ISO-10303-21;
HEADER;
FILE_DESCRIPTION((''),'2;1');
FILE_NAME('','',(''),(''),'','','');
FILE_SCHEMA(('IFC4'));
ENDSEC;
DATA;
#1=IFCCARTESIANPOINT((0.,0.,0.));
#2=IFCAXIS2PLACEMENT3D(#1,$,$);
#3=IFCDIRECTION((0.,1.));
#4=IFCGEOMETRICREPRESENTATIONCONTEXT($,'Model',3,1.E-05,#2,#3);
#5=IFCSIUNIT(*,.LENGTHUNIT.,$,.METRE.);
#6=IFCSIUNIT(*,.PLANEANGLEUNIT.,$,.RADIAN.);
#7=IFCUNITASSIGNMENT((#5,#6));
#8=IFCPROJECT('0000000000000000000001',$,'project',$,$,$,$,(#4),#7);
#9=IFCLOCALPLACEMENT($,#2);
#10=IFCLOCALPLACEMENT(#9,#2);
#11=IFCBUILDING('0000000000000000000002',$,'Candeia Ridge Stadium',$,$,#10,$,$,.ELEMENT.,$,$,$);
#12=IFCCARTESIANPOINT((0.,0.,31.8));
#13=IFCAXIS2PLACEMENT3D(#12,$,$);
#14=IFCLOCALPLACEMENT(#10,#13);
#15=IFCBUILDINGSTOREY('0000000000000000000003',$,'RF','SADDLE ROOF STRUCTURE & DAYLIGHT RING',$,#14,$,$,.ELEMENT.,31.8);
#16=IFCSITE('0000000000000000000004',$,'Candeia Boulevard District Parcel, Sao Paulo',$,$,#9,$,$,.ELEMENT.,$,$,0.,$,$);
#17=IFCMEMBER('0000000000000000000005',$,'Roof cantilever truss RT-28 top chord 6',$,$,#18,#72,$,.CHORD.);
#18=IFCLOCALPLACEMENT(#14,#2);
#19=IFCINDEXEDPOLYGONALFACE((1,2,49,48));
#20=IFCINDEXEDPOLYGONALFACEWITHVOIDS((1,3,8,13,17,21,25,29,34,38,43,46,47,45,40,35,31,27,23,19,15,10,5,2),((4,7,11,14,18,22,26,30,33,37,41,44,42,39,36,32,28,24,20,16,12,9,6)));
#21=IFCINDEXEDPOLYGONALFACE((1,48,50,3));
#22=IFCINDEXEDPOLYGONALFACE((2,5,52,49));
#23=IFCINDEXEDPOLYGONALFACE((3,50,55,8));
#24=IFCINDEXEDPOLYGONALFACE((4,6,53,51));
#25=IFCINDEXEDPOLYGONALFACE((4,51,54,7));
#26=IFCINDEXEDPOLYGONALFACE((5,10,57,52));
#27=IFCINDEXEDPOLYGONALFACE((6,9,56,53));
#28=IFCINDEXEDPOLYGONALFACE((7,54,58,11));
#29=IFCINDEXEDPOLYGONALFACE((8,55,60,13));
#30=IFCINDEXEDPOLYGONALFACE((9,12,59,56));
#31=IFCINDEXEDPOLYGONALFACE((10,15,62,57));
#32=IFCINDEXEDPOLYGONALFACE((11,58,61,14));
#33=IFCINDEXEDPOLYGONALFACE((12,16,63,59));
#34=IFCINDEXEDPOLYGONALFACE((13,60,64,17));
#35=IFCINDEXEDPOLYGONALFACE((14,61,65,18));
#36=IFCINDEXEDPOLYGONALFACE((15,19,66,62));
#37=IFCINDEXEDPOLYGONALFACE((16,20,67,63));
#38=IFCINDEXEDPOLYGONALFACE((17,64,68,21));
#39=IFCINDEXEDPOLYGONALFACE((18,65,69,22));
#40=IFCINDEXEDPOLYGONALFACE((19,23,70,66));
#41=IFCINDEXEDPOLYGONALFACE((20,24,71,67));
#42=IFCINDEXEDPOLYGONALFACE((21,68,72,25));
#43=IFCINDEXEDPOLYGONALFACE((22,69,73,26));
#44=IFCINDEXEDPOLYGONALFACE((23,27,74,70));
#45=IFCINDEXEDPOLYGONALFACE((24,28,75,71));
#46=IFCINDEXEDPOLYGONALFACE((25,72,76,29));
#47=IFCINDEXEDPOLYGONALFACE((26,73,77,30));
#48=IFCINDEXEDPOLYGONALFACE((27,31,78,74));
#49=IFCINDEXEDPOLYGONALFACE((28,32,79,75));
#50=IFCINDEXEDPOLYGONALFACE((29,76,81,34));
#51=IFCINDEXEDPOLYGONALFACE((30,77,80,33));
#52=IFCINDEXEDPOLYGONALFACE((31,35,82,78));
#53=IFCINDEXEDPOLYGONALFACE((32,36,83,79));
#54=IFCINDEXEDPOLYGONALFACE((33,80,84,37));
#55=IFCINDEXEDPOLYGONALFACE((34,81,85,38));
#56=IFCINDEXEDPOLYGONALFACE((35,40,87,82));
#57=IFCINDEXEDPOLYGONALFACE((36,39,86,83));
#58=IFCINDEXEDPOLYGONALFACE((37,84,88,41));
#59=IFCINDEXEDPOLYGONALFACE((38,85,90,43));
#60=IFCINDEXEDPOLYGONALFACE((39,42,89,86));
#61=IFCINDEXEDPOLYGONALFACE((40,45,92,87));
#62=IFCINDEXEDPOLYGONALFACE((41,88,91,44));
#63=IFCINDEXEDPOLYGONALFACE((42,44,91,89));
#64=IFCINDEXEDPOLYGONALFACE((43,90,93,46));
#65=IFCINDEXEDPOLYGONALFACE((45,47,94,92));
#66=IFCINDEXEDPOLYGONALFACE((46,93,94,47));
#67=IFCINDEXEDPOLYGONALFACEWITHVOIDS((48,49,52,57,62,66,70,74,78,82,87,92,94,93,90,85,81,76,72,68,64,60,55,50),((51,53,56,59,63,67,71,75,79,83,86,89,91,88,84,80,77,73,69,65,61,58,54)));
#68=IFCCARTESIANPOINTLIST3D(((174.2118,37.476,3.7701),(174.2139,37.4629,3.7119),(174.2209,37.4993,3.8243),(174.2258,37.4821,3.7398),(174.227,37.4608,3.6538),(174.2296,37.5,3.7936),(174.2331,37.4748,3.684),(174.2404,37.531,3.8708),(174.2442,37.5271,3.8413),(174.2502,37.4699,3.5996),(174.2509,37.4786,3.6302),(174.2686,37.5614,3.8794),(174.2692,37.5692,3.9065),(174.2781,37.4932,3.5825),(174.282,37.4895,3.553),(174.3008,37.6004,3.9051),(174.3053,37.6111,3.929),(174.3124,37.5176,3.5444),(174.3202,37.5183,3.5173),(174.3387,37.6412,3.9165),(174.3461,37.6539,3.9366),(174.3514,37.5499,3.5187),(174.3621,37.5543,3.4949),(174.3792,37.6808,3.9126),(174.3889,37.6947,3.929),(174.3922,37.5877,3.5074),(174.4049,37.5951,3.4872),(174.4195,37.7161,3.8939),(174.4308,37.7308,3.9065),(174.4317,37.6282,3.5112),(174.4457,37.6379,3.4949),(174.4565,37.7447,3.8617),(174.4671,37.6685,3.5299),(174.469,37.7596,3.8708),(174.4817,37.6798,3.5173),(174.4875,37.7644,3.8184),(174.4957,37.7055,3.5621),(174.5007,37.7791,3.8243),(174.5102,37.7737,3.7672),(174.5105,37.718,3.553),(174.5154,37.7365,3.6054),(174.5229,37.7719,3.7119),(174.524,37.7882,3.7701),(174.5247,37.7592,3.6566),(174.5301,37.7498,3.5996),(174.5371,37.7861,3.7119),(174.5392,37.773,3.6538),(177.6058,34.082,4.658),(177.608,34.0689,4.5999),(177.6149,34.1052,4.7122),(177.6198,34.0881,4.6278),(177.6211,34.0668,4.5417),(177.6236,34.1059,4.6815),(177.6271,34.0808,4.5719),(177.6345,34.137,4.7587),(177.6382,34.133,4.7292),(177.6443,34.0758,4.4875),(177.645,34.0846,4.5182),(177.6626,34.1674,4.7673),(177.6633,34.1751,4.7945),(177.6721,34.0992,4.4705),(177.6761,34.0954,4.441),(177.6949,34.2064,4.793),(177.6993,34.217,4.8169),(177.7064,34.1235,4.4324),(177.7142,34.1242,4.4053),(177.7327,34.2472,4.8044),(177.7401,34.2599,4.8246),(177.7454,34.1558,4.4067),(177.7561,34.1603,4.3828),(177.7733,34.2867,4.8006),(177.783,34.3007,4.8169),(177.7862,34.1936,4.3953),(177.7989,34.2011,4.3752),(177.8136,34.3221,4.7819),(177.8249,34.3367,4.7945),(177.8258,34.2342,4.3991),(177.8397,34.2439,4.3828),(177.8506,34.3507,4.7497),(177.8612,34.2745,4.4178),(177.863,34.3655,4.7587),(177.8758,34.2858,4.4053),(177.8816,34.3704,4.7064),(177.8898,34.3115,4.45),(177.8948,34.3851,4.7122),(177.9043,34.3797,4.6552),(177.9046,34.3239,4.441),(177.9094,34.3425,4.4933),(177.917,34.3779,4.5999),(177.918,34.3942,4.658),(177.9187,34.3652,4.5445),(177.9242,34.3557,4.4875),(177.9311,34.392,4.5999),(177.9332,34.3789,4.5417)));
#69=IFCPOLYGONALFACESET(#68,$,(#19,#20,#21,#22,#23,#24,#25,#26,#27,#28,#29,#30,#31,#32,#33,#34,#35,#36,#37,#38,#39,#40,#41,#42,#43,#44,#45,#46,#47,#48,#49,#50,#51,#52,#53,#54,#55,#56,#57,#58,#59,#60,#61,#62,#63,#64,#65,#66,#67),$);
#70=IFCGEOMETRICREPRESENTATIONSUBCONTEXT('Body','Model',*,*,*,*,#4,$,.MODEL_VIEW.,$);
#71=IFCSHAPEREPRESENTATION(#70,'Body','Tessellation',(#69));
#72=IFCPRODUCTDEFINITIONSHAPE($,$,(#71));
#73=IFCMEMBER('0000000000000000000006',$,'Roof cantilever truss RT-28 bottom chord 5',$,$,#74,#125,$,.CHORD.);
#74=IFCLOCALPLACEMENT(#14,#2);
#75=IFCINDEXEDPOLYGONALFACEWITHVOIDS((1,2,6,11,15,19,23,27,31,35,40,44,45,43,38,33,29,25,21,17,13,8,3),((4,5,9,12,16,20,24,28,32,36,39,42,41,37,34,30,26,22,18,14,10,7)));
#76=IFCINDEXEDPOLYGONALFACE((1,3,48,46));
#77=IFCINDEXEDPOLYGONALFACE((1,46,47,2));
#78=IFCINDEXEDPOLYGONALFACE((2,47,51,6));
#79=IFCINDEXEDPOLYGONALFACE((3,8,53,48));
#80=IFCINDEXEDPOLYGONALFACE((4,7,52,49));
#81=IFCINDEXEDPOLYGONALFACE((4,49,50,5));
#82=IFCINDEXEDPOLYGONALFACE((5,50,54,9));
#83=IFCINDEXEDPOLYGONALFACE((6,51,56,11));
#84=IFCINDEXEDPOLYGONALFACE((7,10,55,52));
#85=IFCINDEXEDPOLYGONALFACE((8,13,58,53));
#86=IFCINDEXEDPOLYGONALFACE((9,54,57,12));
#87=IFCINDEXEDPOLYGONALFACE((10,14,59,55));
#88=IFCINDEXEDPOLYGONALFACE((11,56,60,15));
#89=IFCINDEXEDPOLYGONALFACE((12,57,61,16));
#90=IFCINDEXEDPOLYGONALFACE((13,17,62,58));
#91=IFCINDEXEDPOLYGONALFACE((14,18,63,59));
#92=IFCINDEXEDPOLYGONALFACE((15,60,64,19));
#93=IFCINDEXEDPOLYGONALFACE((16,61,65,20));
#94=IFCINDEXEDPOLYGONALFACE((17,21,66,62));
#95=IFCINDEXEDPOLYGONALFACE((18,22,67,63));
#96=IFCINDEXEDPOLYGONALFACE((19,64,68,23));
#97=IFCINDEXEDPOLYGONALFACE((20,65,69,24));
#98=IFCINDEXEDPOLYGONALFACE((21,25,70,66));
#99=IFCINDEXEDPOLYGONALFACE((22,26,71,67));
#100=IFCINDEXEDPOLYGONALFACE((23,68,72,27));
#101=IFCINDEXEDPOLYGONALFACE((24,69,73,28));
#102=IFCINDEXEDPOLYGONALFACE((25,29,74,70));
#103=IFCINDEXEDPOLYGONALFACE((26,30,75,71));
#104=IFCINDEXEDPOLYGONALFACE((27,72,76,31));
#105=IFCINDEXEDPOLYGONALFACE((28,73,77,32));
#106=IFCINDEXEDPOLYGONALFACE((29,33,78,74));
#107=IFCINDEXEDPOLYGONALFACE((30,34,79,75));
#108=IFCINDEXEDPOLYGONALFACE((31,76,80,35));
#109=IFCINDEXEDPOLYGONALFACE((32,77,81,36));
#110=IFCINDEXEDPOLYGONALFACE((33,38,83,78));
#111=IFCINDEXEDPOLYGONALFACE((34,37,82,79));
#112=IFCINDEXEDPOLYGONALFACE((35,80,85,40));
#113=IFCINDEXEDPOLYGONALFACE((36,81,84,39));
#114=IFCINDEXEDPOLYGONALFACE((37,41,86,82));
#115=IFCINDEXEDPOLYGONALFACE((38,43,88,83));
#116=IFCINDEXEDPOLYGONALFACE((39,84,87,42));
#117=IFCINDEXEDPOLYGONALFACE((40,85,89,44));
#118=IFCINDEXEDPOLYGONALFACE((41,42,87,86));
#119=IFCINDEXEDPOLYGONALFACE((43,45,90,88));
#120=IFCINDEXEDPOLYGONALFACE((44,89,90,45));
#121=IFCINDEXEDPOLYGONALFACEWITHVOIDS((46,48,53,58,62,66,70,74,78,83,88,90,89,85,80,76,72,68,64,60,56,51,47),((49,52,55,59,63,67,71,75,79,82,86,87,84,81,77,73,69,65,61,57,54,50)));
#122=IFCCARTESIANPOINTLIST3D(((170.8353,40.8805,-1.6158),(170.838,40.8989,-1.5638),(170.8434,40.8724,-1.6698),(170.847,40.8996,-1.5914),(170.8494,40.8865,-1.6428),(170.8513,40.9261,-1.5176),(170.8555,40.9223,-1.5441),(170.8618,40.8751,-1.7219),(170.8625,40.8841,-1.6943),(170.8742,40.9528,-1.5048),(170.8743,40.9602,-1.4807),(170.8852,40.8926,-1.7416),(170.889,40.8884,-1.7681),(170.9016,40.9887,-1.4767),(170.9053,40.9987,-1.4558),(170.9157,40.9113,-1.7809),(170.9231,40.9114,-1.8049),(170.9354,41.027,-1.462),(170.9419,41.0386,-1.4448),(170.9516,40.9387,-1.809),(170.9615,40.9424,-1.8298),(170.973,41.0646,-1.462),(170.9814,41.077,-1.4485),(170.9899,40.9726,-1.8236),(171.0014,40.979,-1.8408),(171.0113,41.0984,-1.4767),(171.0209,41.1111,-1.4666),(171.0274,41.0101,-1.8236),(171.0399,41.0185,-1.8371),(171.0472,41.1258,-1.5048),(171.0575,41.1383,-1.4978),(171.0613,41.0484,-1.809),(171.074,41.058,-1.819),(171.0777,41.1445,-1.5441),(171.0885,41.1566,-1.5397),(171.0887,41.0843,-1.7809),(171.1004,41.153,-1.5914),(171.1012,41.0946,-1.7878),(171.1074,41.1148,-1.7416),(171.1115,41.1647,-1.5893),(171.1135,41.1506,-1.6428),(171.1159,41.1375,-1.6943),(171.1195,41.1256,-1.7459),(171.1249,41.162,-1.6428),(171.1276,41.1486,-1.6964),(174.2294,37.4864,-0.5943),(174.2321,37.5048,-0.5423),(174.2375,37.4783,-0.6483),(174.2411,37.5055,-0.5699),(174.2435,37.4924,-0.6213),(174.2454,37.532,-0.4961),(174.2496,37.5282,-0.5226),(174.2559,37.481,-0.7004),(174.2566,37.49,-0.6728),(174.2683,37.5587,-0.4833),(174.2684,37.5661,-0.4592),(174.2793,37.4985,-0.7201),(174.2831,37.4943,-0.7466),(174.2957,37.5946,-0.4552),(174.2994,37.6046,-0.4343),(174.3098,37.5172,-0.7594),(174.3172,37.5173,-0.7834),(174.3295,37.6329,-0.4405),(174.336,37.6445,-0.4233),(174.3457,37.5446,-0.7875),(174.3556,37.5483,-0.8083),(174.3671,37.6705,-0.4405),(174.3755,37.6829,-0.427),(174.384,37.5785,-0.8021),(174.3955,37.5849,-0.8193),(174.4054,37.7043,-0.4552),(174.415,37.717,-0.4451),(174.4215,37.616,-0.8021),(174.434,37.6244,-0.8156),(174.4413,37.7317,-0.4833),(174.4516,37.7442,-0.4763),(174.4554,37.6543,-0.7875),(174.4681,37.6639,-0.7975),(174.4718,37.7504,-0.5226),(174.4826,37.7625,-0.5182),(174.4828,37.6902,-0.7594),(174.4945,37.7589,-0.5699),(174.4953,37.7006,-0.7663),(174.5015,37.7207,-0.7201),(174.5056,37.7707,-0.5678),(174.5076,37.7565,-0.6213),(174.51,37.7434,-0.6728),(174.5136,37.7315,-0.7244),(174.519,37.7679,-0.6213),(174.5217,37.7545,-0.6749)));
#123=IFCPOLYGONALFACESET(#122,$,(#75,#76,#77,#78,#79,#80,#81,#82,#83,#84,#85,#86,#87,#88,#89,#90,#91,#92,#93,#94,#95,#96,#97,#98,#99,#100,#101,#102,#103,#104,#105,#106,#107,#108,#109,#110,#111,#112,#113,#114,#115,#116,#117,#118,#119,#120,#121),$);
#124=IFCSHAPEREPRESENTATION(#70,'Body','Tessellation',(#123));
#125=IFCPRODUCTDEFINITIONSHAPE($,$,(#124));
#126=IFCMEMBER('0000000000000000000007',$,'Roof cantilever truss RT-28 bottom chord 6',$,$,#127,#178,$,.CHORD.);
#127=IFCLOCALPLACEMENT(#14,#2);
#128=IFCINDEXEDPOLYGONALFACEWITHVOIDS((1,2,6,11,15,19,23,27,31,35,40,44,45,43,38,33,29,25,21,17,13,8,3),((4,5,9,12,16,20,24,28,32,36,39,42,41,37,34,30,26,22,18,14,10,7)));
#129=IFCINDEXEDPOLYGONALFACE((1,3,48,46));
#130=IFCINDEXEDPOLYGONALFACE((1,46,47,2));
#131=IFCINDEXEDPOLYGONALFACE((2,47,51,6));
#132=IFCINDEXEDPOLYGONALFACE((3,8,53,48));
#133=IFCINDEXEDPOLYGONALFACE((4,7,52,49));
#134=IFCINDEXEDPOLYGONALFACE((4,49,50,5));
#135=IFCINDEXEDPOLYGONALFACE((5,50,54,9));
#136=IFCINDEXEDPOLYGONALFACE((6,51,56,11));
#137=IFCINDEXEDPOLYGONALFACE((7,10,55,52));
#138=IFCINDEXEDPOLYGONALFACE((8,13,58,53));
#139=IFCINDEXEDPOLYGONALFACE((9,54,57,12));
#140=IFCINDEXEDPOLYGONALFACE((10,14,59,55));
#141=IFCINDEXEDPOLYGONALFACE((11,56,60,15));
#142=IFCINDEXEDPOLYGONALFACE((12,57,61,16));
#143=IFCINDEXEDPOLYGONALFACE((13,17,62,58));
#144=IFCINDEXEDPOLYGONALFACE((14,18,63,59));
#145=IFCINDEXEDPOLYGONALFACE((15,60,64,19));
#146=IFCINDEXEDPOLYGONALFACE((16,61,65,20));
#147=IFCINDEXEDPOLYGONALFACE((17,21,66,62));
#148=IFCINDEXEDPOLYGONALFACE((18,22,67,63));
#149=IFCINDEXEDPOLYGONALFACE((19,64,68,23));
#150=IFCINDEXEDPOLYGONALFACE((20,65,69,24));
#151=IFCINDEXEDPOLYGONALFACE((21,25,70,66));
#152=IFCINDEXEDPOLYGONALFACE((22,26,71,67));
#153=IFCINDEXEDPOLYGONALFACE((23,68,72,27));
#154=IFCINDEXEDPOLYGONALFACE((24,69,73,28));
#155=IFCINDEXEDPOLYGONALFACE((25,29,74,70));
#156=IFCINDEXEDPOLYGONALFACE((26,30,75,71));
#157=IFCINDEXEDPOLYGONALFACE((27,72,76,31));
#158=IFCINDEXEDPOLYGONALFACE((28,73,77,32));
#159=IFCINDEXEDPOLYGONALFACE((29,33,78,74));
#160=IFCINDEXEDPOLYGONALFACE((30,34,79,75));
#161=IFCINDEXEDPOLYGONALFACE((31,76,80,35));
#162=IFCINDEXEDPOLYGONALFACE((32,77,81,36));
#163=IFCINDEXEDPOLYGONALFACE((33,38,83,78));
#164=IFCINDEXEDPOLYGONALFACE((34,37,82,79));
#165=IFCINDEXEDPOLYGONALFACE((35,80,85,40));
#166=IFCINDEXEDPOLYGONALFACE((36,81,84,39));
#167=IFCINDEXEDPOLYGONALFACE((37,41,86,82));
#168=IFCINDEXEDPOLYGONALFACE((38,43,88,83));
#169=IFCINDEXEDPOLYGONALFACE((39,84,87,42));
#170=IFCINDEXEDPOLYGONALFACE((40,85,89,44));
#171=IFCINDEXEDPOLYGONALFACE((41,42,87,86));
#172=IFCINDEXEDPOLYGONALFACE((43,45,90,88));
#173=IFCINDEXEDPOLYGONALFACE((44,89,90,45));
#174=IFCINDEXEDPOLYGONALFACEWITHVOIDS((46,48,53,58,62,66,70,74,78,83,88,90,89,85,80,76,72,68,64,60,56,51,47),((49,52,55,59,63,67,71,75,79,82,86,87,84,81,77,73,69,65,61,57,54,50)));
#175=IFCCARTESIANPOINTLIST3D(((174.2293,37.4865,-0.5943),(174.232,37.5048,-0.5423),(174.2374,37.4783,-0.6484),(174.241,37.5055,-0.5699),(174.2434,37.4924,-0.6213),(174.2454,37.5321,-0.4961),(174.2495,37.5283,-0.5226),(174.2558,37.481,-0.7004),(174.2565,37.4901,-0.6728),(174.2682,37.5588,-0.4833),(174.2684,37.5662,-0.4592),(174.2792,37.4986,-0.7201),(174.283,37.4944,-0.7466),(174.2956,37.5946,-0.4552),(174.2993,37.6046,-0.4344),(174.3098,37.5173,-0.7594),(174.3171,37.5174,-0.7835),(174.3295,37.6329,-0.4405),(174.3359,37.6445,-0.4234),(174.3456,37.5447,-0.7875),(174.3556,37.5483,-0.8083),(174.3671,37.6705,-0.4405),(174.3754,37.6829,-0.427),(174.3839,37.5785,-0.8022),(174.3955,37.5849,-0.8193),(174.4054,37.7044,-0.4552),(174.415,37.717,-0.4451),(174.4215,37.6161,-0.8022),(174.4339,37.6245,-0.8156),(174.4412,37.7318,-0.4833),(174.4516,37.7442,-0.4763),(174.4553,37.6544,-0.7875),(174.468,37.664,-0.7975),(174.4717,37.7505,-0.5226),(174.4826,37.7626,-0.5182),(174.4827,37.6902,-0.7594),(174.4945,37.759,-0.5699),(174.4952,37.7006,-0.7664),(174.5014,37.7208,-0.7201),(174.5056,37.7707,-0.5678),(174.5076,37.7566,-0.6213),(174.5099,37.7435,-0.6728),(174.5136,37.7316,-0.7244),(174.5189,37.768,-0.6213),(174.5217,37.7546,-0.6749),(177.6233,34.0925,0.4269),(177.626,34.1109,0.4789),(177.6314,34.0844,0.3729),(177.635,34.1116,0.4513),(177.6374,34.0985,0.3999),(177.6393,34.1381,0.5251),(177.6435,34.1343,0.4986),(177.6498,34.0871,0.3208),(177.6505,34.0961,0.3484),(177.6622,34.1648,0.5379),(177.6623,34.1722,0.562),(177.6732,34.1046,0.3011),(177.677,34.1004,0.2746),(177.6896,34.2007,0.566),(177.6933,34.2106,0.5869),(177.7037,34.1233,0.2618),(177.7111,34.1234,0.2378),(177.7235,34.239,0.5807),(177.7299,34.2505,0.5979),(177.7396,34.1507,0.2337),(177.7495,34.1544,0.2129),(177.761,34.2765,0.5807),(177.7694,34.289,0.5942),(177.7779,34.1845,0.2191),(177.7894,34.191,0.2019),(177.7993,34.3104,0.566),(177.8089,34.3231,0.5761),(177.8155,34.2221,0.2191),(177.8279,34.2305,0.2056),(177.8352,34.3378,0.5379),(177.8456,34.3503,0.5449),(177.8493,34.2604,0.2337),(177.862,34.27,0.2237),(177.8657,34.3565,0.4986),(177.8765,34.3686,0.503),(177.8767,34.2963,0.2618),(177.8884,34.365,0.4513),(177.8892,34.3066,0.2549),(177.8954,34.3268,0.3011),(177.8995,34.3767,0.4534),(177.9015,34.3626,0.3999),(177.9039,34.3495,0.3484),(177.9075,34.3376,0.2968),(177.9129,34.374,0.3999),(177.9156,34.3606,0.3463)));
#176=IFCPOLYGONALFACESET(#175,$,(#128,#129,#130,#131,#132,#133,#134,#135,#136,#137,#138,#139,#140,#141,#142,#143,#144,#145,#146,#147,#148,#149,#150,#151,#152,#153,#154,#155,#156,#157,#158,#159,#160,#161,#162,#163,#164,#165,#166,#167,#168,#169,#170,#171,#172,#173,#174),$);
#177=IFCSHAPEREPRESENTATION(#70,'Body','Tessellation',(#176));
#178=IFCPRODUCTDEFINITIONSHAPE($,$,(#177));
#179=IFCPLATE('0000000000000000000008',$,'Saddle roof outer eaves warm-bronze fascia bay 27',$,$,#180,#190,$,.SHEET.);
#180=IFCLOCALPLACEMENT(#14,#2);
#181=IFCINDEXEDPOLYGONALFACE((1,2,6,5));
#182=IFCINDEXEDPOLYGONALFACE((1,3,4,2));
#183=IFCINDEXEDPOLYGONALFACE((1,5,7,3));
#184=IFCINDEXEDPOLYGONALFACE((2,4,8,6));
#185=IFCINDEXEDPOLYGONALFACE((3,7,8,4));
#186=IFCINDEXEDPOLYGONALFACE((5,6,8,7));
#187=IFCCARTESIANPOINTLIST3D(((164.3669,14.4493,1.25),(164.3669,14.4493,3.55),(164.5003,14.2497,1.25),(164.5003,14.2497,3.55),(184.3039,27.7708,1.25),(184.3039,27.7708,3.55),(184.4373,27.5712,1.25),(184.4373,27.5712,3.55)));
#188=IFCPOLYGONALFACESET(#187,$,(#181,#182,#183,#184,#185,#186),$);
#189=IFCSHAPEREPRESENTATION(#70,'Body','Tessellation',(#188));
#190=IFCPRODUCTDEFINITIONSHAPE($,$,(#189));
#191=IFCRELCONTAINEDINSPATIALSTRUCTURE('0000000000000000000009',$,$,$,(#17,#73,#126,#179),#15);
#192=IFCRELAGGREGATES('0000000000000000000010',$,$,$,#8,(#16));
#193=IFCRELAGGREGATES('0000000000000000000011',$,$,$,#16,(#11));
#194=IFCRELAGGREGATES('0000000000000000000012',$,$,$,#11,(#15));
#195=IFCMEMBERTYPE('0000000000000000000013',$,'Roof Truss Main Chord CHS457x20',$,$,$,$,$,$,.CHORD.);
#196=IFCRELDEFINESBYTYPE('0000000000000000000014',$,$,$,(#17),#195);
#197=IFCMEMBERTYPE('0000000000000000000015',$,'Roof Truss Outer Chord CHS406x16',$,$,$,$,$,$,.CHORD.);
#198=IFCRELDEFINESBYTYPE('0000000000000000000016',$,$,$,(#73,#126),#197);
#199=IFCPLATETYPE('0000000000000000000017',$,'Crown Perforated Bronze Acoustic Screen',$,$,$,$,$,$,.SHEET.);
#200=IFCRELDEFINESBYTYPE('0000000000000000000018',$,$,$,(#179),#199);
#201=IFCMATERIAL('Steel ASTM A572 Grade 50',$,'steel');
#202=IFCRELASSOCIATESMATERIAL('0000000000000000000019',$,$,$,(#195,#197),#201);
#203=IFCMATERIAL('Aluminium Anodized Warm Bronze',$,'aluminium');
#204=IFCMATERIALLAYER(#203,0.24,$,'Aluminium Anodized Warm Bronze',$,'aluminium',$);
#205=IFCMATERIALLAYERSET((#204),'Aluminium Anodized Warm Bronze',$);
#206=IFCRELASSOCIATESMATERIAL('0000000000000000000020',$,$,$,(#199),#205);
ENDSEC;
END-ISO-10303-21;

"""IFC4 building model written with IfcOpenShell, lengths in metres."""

from ifc_helpers import new_model, si_unit, direction, frame, origin, origin_2d, place, context, subcontext, project, spatial, rectangle, hollow_circle, extrude, material, layer, layer_set, material_profile, profile_set, type_object, element, save


model = new_model("IFC4")

# Units and contexts
model_context = context("Model", 3, precision=1e-05, world=origin(), true_north=direction((0.0, 1.0)))
body_context = subcontext(model_context, "Body", "Model", "MODEL_VIEW")
ifc_project = project(units=[si_unit("LENGTHUNIT", "METRE"), si_unit("PLANEANGLEUNIT", "RADIAN")], contexts=[model_context])

# Site, building, storey
site_placement = place(None, origin())
site = spatial("IfcSite", under=ifc_project, at=site_placement, Name="Candeia Boulevard District Parcel, Sao Paulo", CompositionType="ELEMENT", RefElevation=0.0)
building_placement = place(site_placement, origin())
building = spatial("IfcBuilding", under=site, at=building_placement, Name="Candeia Ridge Stadium", CompositionType="ELEMENT")
storey_placement = place(building_placement, frame((0.0, 0.0, 31.8)))
storey = spatial("IfcBuildingStorey", under=building, at=storey_placement, Name="RF", Description="SADDLE ROOF STRUCTURE & DAYLIGHT RING", CompositionType="ELEMENT", Elevation=31.8)

# Shared definitions
ifc_material_1 = material(Name="Steel ASTM A572 Grade 50", Category="steel")

# Members
ifc_material_profile_1 = material_profile(ifc_material_1, hollow_circle(Radius=0.2285, WallThickness=0.02, at=origin_2d()), Name="CHS457x20", Category="steel")
ifc_profile_set_1 = profile_set([ifc_material_profile_1], Name="Steel ASTM A572 Grade 50")
member_type_1 = type_object("IfcMemberType", Name="Roof Truss Main Chord CHS457x20", PredefinedType="CHORD", material=ifc_profile_set_1)
for number, where, z_axis, x_axis, name in (
    (1, (174.3755, 37.6245, 3.7119), (0.69531, -0.69531, 0.181905), (0.707107, 0.707107, 0.0), "Roof cantilever truss RT-28 top chord 6"),
):
    element("IfcMember", number, at=place(storey_placement, frame(where, z_axis=z_axis, x_axis=x_axis)), inside=storey, type_object=member_type_1, Name=name, PredefinedType="CHORD", context=body_context, shape_type="SweptSolid", body=[
        extrude(hollow_circle(Radius=0.2285, WallThickness=0.02, at=origin_2d()), origin(), (0.0, 0.0, 1.0), 4.8813),
    ])
ifc_material_profile_2 = material_profile(ifc_material_1, hollow_circle(Radius=0.2029, WallThickness=0.0161, at=origin_2d()), Name="CHS406x16", Category="steel")
ifc_profile_set_2 = profile_set([ifc_material_profile_2], Name="Steel ASTM A572 Grade 50")
member_type_2 = type_object("IfcMemberType", Name="Roof Truss Outer Chord CHS406x16", PredefinedType="CHORD", material=ifc_profile_set_2)
member_1_placement = place(storey_placement, frame((170.9814, 41.0186, -1.6428), z_axis=(0.691619, -0.691619, 0.208152), x_axis=(0.707107, 0.707107, 0.0)))
element("IfcMember", 2, at=member_1_placement, inside=storey, type_object=member_type_2, Name="Roof cantilever truss RT-28 bottom chord 5", PredefinedType="CHORD", context=body_context, shape_type="SweptSolid", body=[
    extrude(hollow_circle(Radius=0.2029, WallThickness=0.0161, at=origin_2d()), origin(), (0.0, 0.0, 1.0), 4.9075),
])
member_2_placement = place(storey_placement, frame((174.3755, 37.6245, -0.6213), z_axis=(0.691626, -0.691626, 0.208105), x_axis=(0.707107, 0.707107, 0.0)))
element("IfcMember", 3, at=member_2_placement, inside=storey, type_object=member_type_2, Name="Roof cantilever truss RT-28 bottom chord 6", PredefinedType="CHORD", context=body_context, shape_type="SweptSolid", body=[
    extrude(hollow_circle(Radius=0.2029, WallThickness=0.0161, at=origin_2d()), origin(), (0.0, 0.0, 1.0), 4.9072),
])

# Plate
ifc_material_2 = material(Name="Aluminium Anodized Warm Bronze", Category="aluminium")
ifc_layer_1 = layer(ifc_material_2, 0.24, Name="Aluminium Anodized Warm Bronze", Category="aluminium")
ifc_layer_set_1 = layer_set([ifc_layer_1], Name="Aluminium Anodized Warm Bronze")
plate_type_1 = type_object("IfcPlateType", Name="Crown Perforated Bronze Acoustic Screen", PredefinedType="SHEET", material=ifc_layer_set_1)
plate_1_placement = place(storey_placement, frame((174.4021, 21.0103, 1.25), z_axis=(0.0, 0.0, 1.0), x_axis=(0.83147, 0.55557, 0.0)))
element("IfcPlate", 4, at=plate_1_placement, inside=storey, type_object=plate_type_1, Name="Saddle roof outer eaves warm-bronze fascia bay 27", PredefinedType="SHEET", context=body_context, shape_type="SweptSolid", body=[
    extrude(rectangle(XDim=23.978, YDim=0.24, at=origin_2d()), origin(), (0.0, 0.0, 1.0), 2.3),
])

save(model, "model.ifc")
